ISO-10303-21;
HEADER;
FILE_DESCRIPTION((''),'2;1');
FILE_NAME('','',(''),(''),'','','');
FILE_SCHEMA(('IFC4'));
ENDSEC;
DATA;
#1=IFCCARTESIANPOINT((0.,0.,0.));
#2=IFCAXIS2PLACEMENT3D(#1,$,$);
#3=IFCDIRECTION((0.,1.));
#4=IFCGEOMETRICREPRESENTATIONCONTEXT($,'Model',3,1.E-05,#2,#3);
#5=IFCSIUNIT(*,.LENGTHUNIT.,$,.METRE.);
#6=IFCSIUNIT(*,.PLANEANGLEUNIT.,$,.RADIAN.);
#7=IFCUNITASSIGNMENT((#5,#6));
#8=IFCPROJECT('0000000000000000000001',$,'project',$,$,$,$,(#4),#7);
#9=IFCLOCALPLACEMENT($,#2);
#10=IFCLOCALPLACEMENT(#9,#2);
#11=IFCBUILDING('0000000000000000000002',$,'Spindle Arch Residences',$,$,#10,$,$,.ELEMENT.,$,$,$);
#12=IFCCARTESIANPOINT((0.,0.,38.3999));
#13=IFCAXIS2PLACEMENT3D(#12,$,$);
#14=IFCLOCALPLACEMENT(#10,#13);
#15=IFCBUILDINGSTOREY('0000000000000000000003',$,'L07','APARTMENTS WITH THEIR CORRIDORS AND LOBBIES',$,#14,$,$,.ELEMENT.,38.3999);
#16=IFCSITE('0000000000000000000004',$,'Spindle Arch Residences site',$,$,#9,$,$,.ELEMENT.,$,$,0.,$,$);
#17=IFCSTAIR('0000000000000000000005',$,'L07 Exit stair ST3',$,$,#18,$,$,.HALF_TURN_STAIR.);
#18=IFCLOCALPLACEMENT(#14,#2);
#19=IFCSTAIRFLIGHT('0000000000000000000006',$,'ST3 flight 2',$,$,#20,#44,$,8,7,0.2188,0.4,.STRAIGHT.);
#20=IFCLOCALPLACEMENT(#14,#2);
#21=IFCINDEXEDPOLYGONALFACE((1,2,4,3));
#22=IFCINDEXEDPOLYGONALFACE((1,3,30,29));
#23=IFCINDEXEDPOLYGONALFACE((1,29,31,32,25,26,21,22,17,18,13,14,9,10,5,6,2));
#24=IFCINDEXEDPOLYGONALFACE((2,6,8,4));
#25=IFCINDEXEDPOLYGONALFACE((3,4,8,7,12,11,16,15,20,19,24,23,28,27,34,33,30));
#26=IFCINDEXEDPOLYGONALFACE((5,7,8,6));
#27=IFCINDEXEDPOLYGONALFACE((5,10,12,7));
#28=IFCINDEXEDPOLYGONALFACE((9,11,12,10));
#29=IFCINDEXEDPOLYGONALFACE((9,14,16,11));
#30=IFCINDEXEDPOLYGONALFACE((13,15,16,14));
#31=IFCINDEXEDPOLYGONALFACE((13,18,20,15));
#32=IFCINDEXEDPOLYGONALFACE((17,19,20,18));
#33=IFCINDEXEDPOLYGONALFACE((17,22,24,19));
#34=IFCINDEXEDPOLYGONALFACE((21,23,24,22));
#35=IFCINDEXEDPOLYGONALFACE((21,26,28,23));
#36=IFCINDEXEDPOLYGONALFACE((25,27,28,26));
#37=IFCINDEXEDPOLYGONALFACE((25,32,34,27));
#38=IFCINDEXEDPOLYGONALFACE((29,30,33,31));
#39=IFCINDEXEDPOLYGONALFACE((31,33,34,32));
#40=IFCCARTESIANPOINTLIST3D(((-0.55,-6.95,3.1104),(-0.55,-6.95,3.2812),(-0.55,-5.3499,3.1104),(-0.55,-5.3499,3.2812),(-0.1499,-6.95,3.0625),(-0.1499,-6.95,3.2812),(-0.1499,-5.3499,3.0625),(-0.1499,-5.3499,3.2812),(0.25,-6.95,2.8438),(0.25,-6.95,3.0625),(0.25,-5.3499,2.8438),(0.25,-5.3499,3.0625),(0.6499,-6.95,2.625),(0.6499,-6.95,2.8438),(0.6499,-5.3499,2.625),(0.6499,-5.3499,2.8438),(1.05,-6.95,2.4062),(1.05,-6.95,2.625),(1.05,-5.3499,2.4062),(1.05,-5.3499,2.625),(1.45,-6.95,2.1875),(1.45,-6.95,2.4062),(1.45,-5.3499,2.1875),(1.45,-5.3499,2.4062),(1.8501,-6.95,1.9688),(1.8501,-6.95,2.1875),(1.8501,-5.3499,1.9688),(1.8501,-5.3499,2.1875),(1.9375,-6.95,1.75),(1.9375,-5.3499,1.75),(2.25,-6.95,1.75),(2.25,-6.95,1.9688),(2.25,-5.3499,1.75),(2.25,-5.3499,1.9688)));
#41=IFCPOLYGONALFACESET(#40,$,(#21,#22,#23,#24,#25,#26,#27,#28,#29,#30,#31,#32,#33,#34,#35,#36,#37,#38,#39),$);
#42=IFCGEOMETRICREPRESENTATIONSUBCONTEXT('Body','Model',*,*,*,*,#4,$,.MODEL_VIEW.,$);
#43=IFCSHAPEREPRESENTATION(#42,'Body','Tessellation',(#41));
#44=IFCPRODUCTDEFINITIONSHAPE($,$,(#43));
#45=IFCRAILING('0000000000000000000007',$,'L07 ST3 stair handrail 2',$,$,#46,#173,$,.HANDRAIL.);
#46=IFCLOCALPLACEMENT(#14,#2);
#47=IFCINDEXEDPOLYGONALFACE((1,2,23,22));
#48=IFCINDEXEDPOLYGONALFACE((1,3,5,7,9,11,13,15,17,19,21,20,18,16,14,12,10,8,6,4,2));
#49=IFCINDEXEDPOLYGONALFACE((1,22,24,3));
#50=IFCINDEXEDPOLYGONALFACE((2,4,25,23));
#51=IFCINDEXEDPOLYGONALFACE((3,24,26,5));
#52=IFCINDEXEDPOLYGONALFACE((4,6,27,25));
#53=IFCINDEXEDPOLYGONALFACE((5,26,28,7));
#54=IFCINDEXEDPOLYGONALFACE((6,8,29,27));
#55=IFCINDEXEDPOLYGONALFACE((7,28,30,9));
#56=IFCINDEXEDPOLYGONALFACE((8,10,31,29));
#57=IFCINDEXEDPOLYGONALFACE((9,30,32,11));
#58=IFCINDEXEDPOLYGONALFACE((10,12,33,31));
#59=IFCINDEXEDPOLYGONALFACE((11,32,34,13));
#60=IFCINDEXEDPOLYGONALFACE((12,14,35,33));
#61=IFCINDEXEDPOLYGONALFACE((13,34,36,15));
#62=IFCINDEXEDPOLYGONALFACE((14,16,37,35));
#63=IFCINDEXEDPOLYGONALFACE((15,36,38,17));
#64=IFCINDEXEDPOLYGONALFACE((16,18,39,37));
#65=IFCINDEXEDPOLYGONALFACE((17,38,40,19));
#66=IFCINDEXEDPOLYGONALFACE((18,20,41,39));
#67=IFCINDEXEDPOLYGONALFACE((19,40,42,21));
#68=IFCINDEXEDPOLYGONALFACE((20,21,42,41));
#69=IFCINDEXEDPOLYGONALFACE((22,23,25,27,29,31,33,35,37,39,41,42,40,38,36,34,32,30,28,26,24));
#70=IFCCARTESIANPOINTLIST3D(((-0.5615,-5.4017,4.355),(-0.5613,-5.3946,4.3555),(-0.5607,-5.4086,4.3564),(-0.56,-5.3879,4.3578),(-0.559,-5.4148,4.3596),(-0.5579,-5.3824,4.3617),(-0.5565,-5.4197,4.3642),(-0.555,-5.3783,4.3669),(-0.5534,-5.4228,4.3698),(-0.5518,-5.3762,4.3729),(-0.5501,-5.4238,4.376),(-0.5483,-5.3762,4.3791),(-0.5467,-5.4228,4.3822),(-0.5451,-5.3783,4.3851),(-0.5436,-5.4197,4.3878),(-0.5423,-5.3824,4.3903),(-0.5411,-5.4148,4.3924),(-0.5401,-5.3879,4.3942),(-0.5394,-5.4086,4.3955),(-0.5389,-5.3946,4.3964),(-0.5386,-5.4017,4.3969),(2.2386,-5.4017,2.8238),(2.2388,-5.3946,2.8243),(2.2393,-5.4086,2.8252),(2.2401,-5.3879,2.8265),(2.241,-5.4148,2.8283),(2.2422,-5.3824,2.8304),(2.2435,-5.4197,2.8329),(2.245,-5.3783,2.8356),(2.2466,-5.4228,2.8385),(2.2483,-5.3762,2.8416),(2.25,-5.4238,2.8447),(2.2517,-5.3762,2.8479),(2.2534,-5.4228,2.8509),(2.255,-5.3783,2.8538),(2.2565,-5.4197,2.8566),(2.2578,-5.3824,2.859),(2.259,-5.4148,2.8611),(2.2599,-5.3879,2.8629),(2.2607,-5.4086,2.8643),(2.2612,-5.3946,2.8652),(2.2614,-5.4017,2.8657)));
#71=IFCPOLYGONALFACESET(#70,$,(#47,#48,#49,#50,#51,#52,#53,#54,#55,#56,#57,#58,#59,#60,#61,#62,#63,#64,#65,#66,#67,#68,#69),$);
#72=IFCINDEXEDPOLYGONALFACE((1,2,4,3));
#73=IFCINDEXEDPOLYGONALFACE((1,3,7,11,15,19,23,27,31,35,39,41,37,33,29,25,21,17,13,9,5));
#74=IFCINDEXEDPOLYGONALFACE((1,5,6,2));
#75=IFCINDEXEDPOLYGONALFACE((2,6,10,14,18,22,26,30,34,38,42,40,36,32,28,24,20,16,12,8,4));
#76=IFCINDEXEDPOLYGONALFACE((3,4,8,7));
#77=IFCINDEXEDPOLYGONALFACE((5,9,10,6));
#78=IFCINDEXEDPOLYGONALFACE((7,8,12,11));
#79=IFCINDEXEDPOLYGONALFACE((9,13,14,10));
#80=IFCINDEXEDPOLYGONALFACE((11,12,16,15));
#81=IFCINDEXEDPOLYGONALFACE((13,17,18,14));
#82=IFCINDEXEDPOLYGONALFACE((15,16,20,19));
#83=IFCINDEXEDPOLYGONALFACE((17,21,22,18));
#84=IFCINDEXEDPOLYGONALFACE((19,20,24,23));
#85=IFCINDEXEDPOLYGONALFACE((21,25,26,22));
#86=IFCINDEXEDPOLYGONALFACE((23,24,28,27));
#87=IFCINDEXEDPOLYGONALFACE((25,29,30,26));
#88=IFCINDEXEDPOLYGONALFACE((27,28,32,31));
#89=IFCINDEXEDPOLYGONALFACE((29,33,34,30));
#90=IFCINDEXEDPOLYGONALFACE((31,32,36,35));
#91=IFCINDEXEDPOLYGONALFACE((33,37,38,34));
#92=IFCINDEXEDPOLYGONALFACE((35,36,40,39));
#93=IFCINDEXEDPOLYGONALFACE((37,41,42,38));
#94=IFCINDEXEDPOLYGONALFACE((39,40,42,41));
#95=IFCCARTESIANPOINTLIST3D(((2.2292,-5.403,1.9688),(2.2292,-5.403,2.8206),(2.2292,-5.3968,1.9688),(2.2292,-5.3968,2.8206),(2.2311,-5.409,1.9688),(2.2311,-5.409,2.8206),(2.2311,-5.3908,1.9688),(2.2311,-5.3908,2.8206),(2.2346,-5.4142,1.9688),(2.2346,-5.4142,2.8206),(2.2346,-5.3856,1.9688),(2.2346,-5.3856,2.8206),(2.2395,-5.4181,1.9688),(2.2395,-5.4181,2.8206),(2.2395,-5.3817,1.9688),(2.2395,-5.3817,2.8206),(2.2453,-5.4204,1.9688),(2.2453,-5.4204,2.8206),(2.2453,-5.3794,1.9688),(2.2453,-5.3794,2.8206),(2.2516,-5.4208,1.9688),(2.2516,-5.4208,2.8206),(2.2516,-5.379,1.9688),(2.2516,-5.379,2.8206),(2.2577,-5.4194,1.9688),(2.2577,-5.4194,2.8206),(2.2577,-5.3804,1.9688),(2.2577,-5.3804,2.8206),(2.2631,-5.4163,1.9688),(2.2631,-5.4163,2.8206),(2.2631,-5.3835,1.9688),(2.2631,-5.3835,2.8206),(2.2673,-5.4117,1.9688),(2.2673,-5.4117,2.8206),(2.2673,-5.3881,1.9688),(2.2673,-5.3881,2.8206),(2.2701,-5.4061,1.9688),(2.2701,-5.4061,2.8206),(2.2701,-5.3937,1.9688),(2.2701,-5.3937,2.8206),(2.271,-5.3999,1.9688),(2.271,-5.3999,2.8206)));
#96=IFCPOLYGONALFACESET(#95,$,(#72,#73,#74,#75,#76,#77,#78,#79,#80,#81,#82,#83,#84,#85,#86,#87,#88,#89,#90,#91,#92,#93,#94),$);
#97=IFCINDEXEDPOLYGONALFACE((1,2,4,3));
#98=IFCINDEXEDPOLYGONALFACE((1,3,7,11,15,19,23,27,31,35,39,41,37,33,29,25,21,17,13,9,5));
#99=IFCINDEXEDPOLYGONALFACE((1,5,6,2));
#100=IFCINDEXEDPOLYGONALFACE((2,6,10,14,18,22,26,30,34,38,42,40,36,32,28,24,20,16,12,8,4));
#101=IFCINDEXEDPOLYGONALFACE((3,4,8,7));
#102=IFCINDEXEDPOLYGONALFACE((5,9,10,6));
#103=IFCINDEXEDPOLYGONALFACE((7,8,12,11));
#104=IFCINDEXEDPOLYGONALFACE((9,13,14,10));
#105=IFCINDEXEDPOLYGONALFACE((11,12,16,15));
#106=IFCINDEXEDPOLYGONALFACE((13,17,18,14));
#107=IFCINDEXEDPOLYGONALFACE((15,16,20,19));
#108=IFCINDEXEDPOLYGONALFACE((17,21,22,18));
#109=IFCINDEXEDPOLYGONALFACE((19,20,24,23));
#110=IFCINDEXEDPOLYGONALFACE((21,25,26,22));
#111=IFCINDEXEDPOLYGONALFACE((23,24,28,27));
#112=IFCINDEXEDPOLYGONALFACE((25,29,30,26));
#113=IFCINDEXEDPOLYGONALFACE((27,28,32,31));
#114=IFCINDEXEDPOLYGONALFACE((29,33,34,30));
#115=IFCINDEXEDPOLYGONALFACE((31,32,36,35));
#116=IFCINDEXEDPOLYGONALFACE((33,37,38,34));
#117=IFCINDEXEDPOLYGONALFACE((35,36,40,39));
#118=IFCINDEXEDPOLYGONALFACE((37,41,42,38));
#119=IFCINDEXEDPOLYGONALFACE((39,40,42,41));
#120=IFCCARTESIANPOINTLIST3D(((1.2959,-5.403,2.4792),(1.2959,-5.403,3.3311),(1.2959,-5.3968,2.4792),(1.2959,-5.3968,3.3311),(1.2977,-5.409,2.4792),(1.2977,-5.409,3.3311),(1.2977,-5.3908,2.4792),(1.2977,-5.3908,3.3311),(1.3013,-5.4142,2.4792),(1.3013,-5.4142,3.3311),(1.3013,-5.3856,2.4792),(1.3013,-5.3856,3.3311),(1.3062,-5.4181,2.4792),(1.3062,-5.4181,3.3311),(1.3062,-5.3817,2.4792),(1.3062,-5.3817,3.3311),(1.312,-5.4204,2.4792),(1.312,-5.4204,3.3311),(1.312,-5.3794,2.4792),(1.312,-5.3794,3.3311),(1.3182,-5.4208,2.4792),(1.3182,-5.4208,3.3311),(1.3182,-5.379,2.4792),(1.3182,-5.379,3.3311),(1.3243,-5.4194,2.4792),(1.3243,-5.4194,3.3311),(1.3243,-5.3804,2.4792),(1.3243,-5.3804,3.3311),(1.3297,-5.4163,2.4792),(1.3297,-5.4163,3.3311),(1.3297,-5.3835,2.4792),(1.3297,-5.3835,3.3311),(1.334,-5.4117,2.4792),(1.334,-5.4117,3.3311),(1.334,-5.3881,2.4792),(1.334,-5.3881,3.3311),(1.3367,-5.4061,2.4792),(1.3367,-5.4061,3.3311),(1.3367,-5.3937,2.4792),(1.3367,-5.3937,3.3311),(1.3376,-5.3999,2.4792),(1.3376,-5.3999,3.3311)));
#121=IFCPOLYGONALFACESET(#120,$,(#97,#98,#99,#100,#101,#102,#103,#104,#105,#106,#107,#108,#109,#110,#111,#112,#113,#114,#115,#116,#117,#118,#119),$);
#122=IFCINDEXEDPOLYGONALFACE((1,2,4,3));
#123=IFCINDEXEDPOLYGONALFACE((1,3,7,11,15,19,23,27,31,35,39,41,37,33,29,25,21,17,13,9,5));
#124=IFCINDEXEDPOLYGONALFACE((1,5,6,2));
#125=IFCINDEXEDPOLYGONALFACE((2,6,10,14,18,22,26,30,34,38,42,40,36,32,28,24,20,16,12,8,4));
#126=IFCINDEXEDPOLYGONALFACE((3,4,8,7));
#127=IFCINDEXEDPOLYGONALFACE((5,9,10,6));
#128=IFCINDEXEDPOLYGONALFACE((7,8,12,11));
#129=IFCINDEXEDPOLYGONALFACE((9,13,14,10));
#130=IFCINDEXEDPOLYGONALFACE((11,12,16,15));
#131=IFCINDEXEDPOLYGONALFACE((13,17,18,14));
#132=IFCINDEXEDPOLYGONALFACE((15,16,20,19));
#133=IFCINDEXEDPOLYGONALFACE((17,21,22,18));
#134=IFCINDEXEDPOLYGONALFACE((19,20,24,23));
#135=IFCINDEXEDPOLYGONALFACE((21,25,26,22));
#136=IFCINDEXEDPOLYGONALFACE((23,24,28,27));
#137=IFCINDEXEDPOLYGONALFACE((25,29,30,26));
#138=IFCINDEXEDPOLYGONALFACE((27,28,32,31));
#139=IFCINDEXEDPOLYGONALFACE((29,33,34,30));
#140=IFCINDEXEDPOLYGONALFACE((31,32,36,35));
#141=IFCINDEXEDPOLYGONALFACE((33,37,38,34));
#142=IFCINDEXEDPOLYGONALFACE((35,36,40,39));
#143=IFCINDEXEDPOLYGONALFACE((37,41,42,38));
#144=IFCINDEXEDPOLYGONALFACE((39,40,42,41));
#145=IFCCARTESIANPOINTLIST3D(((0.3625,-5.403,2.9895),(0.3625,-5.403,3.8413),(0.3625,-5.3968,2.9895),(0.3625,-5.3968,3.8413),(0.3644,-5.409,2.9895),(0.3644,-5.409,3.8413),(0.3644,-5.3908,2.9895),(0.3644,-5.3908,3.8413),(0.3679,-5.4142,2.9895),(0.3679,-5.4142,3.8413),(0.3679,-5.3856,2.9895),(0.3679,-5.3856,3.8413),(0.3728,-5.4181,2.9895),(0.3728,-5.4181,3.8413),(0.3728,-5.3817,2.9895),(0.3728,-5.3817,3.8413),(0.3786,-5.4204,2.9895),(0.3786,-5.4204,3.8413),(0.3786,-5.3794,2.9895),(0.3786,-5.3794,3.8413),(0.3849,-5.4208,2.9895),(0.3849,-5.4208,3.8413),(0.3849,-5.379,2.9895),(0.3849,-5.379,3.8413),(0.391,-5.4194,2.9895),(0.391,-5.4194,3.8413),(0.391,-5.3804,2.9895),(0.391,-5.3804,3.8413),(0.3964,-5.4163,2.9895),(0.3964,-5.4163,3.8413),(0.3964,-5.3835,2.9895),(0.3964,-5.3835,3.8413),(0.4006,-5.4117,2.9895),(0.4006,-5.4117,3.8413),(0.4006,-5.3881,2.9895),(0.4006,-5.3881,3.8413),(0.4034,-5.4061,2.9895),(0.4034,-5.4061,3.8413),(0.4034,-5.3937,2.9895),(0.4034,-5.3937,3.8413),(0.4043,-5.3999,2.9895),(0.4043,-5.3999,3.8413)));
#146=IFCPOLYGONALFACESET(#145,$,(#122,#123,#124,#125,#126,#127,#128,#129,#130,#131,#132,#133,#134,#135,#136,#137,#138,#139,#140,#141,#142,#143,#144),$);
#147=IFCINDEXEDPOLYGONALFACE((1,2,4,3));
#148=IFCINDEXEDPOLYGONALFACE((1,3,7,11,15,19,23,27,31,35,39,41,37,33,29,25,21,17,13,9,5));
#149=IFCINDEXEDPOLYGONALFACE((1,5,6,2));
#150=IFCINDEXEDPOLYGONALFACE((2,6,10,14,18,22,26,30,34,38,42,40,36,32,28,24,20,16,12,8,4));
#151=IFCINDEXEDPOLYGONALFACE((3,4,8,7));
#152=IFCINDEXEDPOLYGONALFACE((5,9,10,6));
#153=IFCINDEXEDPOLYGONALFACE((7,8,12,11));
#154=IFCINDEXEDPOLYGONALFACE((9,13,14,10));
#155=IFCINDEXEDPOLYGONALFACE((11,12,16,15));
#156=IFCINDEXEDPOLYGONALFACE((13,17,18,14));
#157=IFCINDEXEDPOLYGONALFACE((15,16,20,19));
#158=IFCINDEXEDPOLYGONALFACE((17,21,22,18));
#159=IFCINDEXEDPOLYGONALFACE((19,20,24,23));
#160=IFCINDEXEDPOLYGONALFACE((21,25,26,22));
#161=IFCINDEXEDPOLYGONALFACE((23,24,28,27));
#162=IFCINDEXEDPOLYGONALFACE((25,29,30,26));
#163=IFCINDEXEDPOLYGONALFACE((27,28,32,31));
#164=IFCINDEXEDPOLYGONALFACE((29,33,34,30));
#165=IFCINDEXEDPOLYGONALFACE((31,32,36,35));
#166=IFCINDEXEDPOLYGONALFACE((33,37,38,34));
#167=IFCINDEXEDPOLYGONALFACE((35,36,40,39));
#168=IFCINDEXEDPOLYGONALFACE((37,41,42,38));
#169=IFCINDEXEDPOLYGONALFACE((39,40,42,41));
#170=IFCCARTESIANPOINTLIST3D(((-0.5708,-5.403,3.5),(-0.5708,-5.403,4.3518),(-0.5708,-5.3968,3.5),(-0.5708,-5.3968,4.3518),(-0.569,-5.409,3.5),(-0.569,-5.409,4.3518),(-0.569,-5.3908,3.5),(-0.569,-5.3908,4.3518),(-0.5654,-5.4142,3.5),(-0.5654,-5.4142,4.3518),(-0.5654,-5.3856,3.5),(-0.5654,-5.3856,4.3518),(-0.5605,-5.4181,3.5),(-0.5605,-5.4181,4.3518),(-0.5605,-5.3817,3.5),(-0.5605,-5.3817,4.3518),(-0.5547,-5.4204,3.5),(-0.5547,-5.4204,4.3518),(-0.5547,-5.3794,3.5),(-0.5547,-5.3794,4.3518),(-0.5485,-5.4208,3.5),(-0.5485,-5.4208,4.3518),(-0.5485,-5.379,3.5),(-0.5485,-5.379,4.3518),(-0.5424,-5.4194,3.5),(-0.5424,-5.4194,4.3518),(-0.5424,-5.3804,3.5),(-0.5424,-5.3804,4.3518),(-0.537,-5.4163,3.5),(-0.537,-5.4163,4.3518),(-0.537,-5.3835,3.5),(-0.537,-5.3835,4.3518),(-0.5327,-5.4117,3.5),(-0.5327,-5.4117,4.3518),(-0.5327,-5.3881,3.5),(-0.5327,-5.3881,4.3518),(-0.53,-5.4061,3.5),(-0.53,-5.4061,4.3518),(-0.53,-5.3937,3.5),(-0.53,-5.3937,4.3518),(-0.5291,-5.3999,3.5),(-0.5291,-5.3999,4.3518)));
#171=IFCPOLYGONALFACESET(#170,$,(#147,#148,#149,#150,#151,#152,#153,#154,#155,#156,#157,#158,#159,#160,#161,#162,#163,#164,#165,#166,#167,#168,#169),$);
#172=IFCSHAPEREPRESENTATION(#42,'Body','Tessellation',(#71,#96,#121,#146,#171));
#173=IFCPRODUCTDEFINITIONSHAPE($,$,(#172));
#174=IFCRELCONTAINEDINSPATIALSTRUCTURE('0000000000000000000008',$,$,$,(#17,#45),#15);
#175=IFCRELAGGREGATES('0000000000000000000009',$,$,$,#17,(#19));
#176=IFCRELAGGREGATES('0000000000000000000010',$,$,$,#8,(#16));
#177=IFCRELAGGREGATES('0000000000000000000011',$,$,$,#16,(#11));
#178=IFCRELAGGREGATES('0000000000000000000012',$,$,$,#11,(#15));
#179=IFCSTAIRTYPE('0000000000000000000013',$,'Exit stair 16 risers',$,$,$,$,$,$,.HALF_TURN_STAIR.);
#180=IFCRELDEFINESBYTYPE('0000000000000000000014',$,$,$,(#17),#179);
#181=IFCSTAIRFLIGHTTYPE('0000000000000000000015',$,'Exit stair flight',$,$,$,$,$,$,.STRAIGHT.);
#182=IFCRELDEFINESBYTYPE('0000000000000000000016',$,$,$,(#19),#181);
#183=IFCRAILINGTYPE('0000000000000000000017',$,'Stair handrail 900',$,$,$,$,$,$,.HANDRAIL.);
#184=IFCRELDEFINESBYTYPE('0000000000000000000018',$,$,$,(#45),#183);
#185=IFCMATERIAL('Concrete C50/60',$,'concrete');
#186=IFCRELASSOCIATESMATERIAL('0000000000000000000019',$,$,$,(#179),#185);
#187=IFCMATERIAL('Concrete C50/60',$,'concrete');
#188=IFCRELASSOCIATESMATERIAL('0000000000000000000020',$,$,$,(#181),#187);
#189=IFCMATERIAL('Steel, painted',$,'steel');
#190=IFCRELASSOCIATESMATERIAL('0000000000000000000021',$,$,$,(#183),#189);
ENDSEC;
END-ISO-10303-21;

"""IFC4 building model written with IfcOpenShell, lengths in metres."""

from ifc_helpers import new_model, si_unit, direction, frame, origin, origin_2d, place, context, subcontext, project, spatial, polyline, circle, outline, extrude, material, type_object, element, aggregate, save


model = new_model("IFC4")

# Units and contexts
model_context = context("Model", 3, precision=1e-05, world=origin(), true_north=direction((0.0, 1.0)))
body_context = subcontext(model_context, "Body", "Model", "MODEL_VIEW")
ifc_project = project(units=[si_unit("LENGTHUNIT", "METRE"), si_unit("PLANEANGLEUNIT", "RADIAN")], contexts=[model_context])

# Site, building, storey
site_placement = place(None, origin())
site = spatial("IfcSite", under=ifc_project, at=site_placement, Name="Spindle Arch Residences site", CompositionType="ELEMENT", RefElevation=0.0)
building_placement = place(site_placement, origin())
building = spatial("IfcBuilding", under=site, at=building_placement, Name="Spindle Arch Residences", CompositionType="ELEMENT")
storey_placement = place(building_placement, frame((0.0, 0.0, 38.3999)))
storey = spatial("IfcBuildingStorey", under=building, at=storey_placement, Name="L07", Description="APARTMENTS WITH THEIR CORRIDORS AND LOBBIES", CompositionType="ELEMENT", Elevation=38.3999)

# Stair, stair flight
ifc_material_1 = material(Name="Concrete C50/60", Category="concrete")
stair_type = type_object("IfcStairType", Name="Exit stair 16 risers", PredefinedType="HALF_TURN_STAIR", material=ifc_material_1)
stair_placement = place(storey_placement, origin())
stair = element("IfcStair", 1, at=stair_placement, inside=storey, type_object=stair_type, Name="L07 Exit stair ST3", PredefinedType="HALF_TURN_STAIR")
ifc_material_2 = material(Name="Concrete C50/60", Category="concrete")
stair_flight_type = type_object("IfcStairFlightType", Name="Exit stair flight", PredefinedType="STRAIGHT", material=ifc_material_2)
stair_flight_placement = place(storey_placement, frame((2.25, -6.1499, 1.75), z_axis=(0.0, 0.0, 1.0), x_axis=(-1.0, 0.0, 0.0)))
stair_flight = element("IfcStairFlight", 2, at=stair_flight_placement, type_object=stair_flight_type, Name="ST3 flight 2", NumberOfRisers=8, NumberOfTreads=7, PredefinedType="STRAIGHT", RiserHeight=0.2188, TreadLength=0.4, context=body_context, shape_type="SweptSolid", body=[
    extrude(outline(polyline([(0.0, 0.0), (0.0, 0.2188), (0.3999, 0.2188), (0.3999, 0.4375), (0.8, 0.4375), (0.8, 0.6562), (1.2, 0.6562), (1.2, 0.875), (1.6001, 0.875), (1.6001, 1.0938), (2.0, 1.0938), (2.0, 1.3125), (2.3999, 1.3125), (2.3999, 1.5312), (2.8, 1.5312), (2.8, 1.75), (2.8, 1.3604), (0.3125, 0.0), (0.0, 0.0)])), frame((0.0, 0.8, 0.0), z_axis=(0.0, -1.0, 0.0), x_axis=(1.0, 0.0, 0.0)), (0.0, 0.0, 1.0), 1.6001),
])
aggregate(stair, [stair_flight])

# Railing
ifc_material_3 = material(Name="Steel, painted", Category="steel")
railing_type = type_object("IfcRailingType", Name="Stair handrail 900", PredefinedType="HANDRAIL", material=ifc_material_3)
railing_placement = place(storey_placement, frame((2.25, -5.3999, 1.9688)))
element("IfcRailing", 3, at=railing_placement, inside=storey, type_object=railing_type, Name="L07 ST3 stair handrail 2", PredefinedType="HANDRAIL", context=body_context, shape_type="SweptSolid", body=[
    extrude(circle(Radius=0.0239, at=origin_2d()), frame((0.0, 0.0, 0.876), z_axis=(-0.877375, 0.0, 0.479806), x_axis=(0.0, -1.0, 0.0)), (0.0, 0.0, 1.0), 3.1914),
    extrude(circle(Radius=0.021, at=origin_2d()), origin(), (0.0, 0.0, 1.0), 0.8518),
    extrude(circle(Radius=0.021, at=origin_2d()), frame((-0.9333, 0.0, 0.5105)), (0.0, 0.0, 1.0), 0.8518),
    extrude(circle(Radius=0.021, at=origin_2d()), frame((-1.8667, 0.0, 1.0208)), (0.0, 0.0, 1.0), 0.8518),
    extrude(circle(Radius=0.021, at=origin_2d()), frame((-2.8, 0.0, 1.5312)), (0.0, 0.0, 1.0), 0.8518),
])

save(model, "model.ifc")
